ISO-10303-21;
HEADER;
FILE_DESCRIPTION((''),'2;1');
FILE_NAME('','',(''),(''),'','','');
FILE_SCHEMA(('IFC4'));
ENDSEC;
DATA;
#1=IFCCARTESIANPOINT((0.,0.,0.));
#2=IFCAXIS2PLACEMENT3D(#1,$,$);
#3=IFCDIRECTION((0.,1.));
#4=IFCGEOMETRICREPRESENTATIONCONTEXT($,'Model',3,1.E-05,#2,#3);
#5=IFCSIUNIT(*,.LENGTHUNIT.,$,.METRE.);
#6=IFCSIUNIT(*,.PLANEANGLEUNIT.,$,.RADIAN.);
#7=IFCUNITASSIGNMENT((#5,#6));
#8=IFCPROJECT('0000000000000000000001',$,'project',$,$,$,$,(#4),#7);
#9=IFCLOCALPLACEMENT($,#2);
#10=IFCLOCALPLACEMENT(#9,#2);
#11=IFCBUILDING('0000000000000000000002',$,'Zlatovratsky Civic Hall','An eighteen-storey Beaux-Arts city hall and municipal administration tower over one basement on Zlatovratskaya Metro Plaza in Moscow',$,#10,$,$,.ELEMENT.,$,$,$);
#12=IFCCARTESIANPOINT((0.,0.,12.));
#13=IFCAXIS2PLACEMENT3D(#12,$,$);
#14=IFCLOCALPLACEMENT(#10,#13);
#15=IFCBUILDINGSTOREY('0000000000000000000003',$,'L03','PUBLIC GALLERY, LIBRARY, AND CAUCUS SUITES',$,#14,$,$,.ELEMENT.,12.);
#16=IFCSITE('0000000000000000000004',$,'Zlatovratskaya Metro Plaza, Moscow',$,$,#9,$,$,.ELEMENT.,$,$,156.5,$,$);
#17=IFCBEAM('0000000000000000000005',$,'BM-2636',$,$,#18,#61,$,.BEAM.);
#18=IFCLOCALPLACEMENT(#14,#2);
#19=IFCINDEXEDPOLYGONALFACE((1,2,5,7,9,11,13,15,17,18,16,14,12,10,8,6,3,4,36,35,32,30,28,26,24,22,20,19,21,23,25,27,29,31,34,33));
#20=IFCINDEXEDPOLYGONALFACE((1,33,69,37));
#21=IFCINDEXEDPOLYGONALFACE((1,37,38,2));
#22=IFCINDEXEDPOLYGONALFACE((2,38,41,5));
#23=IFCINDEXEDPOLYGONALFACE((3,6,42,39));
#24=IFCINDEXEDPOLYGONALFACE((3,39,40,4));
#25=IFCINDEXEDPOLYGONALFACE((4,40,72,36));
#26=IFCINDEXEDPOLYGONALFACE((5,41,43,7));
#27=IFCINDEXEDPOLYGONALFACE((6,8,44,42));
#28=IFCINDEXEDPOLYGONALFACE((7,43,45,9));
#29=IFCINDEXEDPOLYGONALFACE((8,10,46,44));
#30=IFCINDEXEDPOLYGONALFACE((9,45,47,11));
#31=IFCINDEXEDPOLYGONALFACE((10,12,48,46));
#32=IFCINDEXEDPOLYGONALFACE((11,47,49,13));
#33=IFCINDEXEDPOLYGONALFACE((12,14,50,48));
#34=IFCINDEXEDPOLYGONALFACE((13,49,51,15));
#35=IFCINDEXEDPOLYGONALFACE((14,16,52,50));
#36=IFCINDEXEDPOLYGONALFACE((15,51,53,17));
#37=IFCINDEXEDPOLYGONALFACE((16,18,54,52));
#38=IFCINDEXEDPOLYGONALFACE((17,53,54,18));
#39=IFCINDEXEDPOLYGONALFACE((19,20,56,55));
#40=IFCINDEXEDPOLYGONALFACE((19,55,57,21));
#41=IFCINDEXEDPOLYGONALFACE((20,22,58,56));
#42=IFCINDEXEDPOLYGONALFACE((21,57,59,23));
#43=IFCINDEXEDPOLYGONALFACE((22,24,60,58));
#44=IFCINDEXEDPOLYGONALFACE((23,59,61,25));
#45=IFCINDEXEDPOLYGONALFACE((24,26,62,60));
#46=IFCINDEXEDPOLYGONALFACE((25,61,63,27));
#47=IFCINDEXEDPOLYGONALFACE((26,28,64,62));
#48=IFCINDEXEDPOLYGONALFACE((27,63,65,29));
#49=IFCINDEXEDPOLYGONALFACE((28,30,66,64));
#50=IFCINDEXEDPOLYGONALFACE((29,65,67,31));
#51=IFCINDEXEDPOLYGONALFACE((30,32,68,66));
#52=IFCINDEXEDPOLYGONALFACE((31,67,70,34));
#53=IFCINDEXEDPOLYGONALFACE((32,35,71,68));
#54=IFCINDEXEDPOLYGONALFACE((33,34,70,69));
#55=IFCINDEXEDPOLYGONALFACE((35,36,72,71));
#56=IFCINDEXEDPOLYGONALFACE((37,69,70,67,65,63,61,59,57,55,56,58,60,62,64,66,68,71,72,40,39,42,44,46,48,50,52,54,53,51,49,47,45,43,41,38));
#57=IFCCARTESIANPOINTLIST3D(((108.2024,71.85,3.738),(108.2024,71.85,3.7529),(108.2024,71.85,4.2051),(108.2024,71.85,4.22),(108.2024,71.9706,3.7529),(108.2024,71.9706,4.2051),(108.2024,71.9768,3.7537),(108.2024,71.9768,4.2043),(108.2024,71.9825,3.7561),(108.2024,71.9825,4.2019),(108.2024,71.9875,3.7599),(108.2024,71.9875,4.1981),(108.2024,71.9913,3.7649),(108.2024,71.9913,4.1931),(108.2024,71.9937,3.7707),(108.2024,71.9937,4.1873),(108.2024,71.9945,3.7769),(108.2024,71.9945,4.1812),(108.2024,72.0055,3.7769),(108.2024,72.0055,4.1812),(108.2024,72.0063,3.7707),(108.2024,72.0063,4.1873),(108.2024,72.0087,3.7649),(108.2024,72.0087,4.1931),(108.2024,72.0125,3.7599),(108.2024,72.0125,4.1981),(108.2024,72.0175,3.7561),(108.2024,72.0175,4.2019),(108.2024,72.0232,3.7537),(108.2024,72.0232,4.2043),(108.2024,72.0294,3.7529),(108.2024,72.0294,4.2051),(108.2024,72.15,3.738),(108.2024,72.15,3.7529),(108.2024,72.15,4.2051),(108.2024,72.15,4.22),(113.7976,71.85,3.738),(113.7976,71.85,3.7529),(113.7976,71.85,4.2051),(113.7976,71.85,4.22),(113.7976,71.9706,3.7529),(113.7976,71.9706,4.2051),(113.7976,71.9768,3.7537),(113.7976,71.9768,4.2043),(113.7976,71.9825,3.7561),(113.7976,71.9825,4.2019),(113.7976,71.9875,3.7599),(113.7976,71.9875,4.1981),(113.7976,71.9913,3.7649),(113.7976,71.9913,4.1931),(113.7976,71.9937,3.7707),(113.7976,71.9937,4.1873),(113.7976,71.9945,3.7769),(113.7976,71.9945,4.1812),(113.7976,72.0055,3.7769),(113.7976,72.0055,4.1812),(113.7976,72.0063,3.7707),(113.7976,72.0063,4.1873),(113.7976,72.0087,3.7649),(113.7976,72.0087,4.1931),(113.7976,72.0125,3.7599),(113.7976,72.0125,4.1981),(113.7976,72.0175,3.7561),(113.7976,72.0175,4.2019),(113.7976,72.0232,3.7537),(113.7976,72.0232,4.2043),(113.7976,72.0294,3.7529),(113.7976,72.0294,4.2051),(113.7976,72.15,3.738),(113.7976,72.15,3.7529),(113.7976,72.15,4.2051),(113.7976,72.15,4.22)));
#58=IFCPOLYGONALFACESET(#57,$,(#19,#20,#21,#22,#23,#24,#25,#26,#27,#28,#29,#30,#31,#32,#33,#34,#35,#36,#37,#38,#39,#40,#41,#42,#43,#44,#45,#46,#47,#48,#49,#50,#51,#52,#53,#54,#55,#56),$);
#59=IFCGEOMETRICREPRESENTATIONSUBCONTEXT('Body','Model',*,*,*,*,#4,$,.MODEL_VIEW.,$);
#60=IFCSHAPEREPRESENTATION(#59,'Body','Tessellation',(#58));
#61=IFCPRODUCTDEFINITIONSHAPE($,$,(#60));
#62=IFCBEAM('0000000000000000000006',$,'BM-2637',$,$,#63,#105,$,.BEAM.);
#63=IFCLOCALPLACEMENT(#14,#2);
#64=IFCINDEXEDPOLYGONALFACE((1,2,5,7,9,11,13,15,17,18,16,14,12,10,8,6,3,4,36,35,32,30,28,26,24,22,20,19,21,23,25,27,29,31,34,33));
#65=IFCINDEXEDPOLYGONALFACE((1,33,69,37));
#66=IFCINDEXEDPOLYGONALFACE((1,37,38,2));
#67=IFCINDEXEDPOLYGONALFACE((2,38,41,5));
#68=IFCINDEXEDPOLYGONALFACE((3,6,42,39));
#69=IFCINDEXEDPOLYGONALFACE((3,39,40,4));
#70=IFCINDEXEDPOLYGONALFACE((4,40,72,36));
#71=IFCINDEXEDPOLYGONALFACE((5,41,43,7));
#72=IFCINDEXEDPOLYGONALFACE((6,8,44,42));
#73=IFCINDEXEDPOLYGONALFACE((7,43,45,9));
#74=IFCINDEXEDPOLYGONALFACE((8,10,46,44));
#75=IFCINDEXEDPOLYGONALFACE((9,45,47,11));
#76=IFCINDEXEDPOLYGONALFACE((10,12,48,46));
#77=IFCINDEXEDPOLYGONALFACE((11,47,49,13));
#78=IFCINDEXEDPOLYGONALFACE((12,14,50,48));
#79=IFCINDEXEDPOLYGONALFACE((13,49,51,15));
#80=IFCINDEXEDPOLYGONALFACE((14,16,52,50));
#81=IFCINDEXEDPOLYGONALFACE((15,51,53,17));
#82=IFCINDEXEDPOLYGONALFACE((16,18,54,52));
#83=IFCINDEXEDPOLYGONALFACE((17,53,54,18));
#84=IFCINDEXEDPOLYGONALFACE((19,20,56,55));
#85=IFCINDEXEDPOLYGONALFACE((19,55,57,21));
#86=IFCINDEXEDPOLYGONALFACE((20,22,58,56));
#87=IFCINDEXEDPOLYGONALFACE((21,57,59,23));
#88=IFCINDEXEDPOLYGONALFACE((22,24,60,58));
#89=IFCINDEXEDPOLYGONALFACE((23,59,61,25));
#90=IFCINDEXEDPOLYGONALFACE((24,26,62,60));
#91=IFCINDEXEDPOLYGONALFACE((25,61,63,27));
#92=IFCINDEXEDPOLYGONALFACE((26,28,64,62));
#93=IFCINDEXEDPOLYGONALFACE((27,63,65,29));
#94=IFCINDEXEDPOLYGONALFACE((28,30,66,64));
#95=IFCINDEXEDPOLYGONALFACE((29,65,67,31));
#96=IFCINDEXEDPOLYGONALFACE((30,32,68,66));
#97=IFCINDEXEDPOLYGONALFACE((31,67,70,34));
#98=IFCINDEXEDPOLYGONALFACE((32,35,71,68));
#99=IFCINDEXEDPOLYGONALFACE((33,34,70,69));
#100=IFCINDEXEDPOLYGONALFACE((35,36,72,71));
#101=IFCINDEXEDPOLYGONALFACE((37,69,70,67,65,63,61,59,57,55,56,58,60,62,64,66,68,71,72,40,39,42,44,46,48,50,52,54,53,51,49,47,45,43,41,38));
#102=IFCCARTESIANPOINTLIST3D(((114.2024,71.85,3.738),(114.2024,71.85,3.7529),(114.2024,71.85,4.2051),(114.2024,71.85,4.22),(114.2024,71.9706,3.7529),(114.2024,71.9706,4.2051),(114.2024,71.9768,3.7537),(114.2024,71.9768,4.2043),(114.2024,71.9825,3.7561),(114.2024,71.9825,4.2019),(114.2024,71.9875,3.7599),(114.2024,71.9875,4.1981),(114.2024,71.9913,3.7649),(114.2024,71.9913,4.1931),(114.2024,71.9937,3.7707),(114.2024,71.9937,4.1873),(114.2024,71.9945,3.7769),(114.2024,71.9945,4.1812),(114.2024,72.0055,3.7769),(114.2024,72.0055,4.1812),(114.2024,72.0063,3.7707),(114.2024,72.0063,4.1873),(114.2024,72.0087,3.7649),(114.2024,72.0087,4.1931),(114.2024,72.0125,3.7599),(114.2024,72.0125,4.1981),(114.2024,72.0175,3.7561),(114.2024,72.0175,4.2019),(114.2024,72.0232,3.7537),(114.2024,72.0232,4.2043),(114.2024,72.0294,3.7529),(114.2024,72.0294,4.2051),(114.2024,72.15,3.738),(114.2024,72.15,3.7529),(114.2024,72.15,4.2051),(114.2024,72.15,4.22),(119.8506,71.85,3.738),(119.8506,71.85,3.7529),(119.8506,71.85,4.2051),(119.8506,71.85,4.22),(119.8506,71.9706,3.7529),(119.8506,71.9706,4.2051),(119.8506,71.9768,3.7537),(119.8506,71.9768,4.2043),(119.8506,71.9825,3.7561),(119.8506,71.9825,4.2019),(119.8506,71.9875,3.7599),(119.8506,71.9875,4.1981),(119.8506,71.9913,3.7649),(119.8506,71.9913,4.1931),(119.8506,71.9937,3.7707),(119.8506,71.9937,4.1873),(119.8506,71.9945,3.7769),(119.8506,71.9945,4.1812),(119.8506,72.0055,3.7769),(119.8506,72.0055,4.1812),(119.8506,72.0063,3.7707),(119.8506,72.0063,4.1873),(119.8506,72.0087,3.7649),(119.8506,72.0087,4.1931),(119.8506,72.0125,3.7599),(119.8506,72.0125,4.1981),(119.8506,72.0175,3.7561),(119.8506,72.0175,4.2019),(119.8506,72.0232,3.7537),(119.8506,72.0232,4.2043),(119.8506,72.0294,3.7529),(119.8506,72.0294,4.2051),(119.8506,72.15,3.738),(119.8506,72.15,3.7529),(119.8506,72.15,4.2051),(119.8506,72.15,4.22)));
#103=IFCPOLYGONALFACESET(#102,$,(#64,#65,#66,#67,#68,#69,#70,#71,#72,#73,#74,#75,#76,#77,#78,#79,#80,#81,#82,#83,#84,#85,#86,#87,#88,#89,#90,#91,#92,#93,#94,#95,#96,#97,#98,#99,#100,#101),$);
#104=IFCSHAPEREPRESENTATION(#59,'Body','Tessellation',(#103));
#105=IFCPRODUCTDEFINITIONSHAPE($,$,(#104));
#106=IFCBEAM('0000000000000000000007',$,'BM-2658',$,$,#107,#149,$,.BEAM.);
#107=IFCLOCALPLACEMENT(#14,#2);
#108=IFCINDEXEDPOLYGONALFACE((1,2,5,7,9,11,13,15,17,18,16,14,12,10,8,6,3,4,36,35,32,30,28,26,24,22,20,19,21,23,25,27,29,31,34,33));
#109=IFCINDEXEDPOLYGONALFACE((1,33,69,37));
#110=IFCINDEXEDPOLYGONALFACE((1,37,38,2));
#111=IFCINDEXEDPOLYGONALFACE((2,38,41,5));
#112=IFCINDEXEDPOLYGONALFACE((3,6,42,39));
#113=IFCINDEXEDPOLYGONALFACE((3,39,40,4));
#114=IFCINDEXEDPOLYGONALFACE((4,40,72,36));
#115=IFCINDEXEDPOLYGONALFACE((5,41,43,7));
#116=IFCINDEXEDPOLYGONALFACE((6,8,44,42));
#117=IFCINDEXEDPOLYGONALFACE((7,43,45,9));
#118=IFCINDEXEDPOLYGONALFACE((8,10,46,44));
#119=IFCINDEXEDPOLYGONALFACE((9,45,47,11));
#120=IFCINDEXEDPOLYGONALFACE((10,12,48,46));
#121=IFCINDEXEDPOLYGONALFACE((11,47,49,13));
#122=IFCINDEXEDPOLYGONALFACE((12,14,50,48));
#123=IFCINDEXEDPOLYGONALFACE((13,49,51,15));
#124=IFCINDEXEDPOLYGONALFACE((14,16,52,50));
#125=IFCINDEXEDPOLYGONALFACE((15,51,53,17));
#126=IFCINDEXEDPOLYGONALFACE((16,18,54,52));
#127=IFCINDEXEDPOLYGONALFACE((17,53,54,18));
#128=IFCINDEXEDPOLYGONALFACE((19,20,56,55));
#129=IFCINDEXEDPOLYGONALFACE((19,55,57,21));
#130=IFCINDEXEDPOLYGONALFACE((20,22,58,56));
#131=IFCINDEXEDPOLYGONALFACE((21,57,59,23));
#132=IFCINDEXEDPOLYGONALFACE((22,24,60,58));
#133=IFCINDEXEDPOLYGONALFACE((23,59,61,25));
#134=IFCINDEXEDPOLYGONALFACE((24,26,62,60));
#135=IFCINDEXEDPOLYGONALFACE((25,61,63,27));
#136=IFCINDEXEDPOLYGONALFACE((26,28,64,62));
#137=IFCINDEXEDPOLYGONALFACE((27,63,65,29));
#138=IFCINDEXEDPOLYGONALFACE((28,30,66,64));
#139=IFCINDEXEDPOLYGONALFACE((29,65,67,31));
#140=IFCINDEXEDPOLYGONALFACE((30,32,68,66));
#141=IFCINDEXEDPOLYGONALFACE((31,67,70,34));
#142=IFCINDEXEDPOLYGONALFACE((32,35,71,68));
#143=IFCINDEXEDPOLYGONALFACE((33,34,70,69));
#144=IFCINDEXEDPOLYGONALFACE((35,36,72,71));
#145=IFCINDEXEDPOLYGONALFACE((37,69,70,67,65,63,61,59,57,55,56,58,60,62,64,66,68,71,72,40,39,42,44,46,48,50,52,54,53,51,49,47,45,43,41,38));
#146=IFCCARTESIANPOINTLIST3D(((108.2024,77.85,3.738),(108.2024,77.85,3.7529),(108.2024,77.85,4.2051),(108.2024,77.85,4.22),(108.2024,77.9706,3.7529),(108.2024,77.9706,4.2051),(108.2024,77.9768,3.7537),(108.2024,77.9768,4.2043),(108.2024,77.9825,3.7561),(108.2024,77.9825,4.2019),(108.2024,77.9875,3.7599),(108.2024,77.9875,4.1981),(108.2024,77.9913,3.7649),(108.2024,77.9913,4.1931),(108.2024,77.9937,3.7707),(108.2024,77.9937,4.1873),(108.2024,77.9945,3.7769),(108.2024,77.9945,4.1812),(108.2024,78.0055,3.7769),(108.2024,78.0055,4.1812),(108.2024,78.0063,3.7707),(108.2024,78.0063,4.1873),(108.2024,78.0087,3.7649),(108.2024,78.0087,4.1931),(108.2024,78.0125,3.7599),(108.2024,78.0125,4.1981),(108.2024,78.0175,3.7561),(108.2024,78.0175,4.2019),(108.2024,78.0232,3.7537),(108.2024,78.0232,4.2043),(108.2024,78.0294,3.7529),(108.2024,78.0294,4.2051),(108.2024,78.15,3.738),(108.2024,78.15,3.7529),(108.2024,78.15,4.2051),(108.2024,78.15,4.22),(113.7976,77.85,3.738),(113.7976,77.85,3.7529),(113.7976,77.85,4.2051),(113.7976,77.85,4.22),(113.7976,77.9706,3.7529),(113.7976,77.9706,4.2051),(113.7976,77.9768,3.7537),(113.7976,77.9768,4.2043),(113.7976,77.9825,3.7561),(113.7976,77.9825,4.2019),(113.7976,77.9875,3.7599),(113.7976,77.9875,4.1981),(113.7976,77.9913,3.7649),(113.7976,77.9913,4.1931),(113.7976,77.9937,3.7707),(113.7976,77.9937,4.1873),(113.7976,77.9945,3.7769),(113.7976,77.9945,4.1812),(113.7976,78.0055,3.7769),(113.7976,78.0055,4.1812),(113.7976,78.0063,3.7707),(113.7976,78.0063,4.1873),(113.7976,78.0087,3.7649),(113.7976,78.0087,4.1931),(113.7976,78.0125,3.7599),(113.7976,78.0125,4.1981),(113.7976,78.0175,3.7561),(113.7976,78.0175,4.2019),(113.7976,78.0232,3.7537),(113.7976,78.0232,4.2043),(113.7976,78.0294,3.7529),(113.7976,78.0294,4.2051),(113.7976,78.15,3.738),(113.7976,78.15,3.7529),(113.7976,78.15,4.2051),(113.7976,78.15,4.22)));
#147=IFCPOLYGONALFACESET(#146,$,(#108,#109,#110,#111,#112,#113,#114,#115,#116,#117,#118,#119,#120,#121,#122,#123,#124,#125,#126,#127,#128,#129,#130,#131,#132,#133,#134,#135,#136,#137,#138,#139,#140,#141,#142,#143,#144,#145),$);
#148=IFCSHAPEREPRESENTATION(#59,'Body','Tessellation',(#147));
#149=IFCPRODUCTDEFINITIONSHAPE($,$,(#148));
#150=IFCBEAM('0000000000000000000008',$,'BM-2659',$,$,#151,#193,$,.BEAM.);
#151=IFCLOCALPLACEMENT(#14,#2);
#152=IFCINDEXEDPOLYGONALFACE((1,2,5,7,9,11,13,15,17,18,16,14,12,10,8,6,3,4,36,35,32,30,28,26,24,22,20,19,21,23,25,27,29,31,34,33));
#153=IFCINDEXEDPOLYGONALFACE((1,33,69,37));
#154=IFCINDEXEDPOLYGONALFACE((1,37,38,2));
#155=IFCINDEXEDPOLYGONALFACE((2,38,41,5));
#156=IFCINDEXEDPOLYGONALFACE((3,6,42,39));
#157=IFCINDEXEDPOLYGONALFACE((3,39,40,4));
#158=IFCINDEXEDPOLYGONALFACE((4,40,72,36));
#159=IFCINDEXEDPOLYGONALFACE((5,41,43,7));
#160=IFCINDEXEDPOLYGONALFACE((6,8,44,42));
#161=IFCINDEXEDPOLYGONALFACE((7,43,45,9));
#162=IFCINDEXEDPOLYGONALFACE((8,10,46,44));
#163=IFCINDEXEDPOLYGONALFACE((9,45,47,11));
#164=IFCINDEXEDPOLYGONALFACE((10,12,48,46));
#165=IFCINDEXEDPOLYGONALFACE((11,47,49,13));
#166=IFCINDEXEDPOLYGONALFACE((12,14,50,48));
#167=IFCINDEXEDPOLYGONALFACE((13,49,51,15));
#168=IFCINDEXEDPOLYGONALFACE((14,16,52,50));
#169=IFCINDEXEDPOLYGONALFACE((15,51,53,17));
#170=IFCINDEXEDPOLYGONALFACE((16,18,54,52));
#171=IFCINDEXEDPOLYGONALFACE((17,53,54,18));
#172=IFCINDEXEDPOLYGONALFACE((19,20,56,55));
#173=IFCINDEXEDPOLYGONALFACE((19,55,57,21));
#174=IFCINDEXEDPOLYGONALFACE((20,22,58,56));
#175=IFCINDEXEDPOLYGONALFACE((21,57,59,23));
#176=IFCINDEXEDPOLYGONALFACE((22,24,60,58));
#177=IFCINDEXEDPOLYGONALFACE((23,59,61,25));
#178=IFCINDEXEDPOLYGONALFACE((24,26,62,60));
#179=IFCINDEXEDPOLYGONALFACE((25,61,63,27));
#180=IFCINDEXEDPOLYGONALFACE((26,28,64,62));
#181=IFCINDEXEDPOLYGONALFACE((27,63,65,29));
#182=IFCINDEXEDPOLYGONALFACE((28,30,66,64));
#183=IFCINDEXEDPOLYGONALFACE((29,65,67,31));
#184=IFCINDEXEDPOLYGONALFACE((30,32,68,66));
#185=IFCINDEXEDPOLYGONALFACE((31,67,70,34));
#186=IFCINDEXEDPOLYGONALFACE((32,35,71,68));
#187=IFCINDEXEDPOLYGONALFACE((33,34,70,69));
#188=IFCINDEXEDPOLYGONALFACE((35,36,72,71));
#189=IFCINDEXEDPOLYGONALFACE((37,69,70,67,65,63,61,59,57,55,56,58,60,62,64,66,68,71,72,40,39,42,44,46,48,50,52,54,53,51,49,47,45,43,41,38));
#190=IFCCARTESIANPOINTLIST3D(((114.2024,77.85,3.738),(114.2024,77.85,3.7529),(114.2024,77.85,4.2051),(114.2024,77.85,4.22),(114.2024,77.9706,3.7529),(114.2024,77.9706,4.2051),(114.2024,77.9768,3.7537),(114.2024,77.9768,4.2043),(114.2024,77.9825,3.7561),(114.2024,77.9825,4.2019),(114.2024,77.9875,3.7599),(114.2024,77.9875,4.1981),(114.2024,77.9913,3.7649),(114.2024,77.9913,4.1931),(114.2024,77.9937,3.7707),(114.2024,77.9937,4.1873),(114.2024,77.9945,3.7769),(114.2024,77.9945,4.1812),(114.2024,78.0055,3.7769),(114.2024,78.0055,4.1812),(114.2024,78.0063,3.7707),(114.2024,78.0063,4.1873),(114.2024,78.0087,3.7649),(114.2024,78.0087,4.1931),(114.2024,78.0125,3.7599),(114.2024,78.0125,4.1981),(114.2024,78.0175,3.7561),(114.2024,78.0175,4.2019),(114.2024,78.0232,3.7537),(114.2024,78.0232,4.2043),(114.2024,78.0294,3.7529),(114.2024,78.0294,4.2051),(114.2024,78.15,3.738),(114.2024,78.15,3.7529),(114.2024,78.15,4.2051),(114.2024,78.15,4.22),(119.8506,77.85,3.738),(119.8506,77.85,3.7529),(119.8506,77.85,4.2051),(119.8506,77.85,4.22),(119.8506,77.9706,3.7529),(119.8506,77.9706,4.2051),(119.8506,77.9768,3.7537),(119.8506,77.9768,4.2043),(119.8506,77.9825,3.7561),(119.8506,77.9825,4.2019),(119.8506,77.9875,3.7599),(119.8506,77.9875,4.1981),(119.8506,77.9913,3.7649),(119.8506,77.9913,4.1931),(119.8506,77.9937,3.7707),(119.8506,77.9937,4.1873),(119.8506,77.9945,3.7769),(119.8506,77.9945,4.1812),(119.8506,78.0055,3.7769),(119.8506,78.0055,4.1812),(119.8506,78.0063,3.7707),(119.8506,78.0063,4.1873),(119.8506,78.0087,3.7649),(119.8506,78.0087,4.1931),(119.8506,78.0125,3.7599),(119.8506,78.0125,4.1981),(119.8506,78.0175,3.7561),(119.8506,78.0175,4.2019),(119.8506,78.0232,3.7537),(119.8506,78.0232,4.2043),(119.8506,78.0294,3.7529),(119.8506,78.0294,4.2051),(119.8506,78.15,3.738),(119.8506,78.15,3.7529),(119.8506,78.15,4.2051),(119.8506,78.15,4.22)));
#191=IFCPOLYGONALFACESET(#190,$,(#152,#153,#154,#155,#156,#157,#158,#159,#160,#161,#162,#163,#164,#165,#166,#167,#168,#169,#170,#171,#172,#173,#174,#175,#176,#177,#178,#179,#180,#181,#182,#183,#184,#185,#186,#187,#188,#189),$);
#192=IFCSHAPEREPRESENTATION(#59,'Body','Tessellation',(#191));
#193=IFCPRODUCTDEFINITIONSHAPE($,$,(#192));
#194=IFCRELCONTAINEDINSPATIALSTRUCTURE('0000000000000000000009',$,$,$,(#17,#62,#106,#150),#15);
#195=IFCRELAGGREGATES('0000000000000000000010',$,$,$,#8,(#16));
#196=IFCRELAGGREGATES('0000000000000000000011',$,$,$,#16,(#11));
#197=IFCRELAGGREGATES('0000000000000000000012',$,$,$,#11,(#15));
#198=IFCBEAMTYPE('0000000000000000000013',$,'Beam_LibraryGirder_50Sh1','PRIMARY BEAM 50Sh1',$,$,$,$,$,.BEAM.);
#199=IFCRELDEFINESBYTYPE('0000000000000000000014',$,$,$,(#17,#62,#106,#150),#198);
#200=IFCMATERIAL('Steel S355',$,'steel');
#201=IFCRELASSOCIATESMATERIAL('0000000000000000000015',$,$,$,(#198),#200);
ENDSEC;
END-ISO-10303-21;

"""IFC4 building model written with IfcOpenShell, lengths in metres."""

from ifc_helpers import new_model, si_unit, direction, frame, origin, origin_2d, place, context, subcontext, project, spatial, i_section, extrude, material, material_profile, profile_set, type_object, element, save


model = new_model("IFC4")

# Units and contexts
model_context = context("Model", 3, precision=1e-05, world=origin(), true_north=direction((0.0, 1.0)))
body_context = subcontext(model_context, "Body", "Model", "MODEL_VIEW")
ifc_project = project(units=[si_unit("LENGTHUNIT", "METRE"), si_unit("PLANEANGLEUNIT", "RADIAN")], contexts=[model_context])

# Site, building, storey
site_placement = place(None, origin())
site = spatial("IfcSite", under=ifc_project, at=site_placement, Name="Zlatovratskaya Metro Plaza, Moscow", CompositionType="ELEMENT", RefElevation=156.5)
building_placement = place(site_placement, origin())
building = spatial("IfcBuilding", under=site, at=building_placement, Name="Zlatovratsky Civic Hall", Description="An eighteen-storey Beaux-Arts city hall and municipal administration tower over one basement on Zlatovratskaya Metro Plaza in Moscow", CompositionType="ELEMENT")
storey_placement = place(building_placement, frame((0.0, 0.0, 12.0)))
storey = spatial("IfcBuildingStorey", under=building, at=storey_placement, Name="L03", Description="PUBLIC GALLERY, LIBRARY, AND CAUCUS SUITES", CompositionType="ELEMENT", Elevation=12.0)

# Shared definitions
ifc_material_1 = material(Name="Steel S355", Category="steel")

# Beams
ifc_material_profile_1 = material_profile(ifc_material_1, i_section(OverallWidth=0.3, OverallDepth=0.4819, WebThickness=0.011, FlangeThickness=0.0149, FilletRadius=0.0239, at=origin_2d()), Name="50Sh1")
ifc_profile_set_1 = profile_set([ifc_material_profile_1], Name="Steel S355")
beam_type_1 = type_object("IfcBeamType", Name="Beam_LibraryGirder_50Sh1", Description="PRIMARY BEAM 50Sh1", PredefinedType="BEAM", material=ifc_profile_set_1)
beam_1_placement = place(storey_placement, frame((108.2024, 72.0, 3.979), z_axis=(1.0, 0.0, 0.0), x_axis=(0.0, 1.0, 0.0)))
element("IfcBeam", 1, at=beam_1_placement, inside=storey, type_object=beam_type_1, Name="BM-2636", PredefinedType="BEAM", context=body_context, shape_type="SweptSolid", body=[
    extrude(i_section(OverallWidth=0.3, OverallDepth=0.4819, WebThickness=0.011, FlangeThickness=0.0149, FilletRadius=0.0239, at=origin_2d()), origin(), (0.0, 0.0, 1.0), 5.5952),
])
beam_2_placement = place(storey_placement, frame((114.2024, 72.0, 3.979), z_axis=(1.0, 0.0, 0.0), x_axis=(0.0, 1.0, 0.0)))
element("IfcBeam", 2, at=beam_2_placement, inside=storey, type_object=beam_type_1, Name="BM-2637", PredefinedType="BEAM", context=body_context, shape_type="SweptSolid", body=[
    extrude(i_section(OverallWidth=0.3, OverallDepth=0.4819, WebThickness=0.011, FlangeThickness=0.0149, FilletRadius=0.0239, at=origin_2d()), origin(), (0.0, 0.0, 1.0), 5.6482),
])
beam_3_placement = place(storey_placement, frame((108.2024, 78.0, 3.979), z_axis=(1.0, 0.0, 0.0), x_axis=(0.0, 1.0, 0.0)))
element("IfcBeam", 3, at=beam_3_placement, inside=storey, type_object=beam_type_1, Name="BM-2658", PredefinedType="BEAM", context=body_context, shape_type="SweptSolid", body=[
    extrude(i_section(OverallWidth=0.3, OverallDepth=0.4819, WebThickness=0.011, FlangeThickness=0.0149, FilletRadius=0.0239, at=origin_2d()), origin(), (0.0, 0.0, 1.0), 5.5952),
])
beam_4_placement = place(storey_placement, frame((114.2024, 78.0, 3.979), z_axis=(1.0, 0.0, 0.0), x_axis=(0.0, 1.0, 0.0)))
element("IfcBeam", 4, at=beam_4_placement, inside=storey, type_object=beam_type_1, Name="BM-2659", PredefinedType="BEAM", context=body_context, shape_type="SweptSolid", body=[
    extrude(i_section(OverallWidth=0.3, OverallDepth=0.4819, WebThickness=0.011, FlangeThickness=0.0149, FilletRadius=0.0239, at=origin_2d()), origin(), (0.0, 0.0, 1.0), 5.6482),
])

save(model, "model.ifc")
